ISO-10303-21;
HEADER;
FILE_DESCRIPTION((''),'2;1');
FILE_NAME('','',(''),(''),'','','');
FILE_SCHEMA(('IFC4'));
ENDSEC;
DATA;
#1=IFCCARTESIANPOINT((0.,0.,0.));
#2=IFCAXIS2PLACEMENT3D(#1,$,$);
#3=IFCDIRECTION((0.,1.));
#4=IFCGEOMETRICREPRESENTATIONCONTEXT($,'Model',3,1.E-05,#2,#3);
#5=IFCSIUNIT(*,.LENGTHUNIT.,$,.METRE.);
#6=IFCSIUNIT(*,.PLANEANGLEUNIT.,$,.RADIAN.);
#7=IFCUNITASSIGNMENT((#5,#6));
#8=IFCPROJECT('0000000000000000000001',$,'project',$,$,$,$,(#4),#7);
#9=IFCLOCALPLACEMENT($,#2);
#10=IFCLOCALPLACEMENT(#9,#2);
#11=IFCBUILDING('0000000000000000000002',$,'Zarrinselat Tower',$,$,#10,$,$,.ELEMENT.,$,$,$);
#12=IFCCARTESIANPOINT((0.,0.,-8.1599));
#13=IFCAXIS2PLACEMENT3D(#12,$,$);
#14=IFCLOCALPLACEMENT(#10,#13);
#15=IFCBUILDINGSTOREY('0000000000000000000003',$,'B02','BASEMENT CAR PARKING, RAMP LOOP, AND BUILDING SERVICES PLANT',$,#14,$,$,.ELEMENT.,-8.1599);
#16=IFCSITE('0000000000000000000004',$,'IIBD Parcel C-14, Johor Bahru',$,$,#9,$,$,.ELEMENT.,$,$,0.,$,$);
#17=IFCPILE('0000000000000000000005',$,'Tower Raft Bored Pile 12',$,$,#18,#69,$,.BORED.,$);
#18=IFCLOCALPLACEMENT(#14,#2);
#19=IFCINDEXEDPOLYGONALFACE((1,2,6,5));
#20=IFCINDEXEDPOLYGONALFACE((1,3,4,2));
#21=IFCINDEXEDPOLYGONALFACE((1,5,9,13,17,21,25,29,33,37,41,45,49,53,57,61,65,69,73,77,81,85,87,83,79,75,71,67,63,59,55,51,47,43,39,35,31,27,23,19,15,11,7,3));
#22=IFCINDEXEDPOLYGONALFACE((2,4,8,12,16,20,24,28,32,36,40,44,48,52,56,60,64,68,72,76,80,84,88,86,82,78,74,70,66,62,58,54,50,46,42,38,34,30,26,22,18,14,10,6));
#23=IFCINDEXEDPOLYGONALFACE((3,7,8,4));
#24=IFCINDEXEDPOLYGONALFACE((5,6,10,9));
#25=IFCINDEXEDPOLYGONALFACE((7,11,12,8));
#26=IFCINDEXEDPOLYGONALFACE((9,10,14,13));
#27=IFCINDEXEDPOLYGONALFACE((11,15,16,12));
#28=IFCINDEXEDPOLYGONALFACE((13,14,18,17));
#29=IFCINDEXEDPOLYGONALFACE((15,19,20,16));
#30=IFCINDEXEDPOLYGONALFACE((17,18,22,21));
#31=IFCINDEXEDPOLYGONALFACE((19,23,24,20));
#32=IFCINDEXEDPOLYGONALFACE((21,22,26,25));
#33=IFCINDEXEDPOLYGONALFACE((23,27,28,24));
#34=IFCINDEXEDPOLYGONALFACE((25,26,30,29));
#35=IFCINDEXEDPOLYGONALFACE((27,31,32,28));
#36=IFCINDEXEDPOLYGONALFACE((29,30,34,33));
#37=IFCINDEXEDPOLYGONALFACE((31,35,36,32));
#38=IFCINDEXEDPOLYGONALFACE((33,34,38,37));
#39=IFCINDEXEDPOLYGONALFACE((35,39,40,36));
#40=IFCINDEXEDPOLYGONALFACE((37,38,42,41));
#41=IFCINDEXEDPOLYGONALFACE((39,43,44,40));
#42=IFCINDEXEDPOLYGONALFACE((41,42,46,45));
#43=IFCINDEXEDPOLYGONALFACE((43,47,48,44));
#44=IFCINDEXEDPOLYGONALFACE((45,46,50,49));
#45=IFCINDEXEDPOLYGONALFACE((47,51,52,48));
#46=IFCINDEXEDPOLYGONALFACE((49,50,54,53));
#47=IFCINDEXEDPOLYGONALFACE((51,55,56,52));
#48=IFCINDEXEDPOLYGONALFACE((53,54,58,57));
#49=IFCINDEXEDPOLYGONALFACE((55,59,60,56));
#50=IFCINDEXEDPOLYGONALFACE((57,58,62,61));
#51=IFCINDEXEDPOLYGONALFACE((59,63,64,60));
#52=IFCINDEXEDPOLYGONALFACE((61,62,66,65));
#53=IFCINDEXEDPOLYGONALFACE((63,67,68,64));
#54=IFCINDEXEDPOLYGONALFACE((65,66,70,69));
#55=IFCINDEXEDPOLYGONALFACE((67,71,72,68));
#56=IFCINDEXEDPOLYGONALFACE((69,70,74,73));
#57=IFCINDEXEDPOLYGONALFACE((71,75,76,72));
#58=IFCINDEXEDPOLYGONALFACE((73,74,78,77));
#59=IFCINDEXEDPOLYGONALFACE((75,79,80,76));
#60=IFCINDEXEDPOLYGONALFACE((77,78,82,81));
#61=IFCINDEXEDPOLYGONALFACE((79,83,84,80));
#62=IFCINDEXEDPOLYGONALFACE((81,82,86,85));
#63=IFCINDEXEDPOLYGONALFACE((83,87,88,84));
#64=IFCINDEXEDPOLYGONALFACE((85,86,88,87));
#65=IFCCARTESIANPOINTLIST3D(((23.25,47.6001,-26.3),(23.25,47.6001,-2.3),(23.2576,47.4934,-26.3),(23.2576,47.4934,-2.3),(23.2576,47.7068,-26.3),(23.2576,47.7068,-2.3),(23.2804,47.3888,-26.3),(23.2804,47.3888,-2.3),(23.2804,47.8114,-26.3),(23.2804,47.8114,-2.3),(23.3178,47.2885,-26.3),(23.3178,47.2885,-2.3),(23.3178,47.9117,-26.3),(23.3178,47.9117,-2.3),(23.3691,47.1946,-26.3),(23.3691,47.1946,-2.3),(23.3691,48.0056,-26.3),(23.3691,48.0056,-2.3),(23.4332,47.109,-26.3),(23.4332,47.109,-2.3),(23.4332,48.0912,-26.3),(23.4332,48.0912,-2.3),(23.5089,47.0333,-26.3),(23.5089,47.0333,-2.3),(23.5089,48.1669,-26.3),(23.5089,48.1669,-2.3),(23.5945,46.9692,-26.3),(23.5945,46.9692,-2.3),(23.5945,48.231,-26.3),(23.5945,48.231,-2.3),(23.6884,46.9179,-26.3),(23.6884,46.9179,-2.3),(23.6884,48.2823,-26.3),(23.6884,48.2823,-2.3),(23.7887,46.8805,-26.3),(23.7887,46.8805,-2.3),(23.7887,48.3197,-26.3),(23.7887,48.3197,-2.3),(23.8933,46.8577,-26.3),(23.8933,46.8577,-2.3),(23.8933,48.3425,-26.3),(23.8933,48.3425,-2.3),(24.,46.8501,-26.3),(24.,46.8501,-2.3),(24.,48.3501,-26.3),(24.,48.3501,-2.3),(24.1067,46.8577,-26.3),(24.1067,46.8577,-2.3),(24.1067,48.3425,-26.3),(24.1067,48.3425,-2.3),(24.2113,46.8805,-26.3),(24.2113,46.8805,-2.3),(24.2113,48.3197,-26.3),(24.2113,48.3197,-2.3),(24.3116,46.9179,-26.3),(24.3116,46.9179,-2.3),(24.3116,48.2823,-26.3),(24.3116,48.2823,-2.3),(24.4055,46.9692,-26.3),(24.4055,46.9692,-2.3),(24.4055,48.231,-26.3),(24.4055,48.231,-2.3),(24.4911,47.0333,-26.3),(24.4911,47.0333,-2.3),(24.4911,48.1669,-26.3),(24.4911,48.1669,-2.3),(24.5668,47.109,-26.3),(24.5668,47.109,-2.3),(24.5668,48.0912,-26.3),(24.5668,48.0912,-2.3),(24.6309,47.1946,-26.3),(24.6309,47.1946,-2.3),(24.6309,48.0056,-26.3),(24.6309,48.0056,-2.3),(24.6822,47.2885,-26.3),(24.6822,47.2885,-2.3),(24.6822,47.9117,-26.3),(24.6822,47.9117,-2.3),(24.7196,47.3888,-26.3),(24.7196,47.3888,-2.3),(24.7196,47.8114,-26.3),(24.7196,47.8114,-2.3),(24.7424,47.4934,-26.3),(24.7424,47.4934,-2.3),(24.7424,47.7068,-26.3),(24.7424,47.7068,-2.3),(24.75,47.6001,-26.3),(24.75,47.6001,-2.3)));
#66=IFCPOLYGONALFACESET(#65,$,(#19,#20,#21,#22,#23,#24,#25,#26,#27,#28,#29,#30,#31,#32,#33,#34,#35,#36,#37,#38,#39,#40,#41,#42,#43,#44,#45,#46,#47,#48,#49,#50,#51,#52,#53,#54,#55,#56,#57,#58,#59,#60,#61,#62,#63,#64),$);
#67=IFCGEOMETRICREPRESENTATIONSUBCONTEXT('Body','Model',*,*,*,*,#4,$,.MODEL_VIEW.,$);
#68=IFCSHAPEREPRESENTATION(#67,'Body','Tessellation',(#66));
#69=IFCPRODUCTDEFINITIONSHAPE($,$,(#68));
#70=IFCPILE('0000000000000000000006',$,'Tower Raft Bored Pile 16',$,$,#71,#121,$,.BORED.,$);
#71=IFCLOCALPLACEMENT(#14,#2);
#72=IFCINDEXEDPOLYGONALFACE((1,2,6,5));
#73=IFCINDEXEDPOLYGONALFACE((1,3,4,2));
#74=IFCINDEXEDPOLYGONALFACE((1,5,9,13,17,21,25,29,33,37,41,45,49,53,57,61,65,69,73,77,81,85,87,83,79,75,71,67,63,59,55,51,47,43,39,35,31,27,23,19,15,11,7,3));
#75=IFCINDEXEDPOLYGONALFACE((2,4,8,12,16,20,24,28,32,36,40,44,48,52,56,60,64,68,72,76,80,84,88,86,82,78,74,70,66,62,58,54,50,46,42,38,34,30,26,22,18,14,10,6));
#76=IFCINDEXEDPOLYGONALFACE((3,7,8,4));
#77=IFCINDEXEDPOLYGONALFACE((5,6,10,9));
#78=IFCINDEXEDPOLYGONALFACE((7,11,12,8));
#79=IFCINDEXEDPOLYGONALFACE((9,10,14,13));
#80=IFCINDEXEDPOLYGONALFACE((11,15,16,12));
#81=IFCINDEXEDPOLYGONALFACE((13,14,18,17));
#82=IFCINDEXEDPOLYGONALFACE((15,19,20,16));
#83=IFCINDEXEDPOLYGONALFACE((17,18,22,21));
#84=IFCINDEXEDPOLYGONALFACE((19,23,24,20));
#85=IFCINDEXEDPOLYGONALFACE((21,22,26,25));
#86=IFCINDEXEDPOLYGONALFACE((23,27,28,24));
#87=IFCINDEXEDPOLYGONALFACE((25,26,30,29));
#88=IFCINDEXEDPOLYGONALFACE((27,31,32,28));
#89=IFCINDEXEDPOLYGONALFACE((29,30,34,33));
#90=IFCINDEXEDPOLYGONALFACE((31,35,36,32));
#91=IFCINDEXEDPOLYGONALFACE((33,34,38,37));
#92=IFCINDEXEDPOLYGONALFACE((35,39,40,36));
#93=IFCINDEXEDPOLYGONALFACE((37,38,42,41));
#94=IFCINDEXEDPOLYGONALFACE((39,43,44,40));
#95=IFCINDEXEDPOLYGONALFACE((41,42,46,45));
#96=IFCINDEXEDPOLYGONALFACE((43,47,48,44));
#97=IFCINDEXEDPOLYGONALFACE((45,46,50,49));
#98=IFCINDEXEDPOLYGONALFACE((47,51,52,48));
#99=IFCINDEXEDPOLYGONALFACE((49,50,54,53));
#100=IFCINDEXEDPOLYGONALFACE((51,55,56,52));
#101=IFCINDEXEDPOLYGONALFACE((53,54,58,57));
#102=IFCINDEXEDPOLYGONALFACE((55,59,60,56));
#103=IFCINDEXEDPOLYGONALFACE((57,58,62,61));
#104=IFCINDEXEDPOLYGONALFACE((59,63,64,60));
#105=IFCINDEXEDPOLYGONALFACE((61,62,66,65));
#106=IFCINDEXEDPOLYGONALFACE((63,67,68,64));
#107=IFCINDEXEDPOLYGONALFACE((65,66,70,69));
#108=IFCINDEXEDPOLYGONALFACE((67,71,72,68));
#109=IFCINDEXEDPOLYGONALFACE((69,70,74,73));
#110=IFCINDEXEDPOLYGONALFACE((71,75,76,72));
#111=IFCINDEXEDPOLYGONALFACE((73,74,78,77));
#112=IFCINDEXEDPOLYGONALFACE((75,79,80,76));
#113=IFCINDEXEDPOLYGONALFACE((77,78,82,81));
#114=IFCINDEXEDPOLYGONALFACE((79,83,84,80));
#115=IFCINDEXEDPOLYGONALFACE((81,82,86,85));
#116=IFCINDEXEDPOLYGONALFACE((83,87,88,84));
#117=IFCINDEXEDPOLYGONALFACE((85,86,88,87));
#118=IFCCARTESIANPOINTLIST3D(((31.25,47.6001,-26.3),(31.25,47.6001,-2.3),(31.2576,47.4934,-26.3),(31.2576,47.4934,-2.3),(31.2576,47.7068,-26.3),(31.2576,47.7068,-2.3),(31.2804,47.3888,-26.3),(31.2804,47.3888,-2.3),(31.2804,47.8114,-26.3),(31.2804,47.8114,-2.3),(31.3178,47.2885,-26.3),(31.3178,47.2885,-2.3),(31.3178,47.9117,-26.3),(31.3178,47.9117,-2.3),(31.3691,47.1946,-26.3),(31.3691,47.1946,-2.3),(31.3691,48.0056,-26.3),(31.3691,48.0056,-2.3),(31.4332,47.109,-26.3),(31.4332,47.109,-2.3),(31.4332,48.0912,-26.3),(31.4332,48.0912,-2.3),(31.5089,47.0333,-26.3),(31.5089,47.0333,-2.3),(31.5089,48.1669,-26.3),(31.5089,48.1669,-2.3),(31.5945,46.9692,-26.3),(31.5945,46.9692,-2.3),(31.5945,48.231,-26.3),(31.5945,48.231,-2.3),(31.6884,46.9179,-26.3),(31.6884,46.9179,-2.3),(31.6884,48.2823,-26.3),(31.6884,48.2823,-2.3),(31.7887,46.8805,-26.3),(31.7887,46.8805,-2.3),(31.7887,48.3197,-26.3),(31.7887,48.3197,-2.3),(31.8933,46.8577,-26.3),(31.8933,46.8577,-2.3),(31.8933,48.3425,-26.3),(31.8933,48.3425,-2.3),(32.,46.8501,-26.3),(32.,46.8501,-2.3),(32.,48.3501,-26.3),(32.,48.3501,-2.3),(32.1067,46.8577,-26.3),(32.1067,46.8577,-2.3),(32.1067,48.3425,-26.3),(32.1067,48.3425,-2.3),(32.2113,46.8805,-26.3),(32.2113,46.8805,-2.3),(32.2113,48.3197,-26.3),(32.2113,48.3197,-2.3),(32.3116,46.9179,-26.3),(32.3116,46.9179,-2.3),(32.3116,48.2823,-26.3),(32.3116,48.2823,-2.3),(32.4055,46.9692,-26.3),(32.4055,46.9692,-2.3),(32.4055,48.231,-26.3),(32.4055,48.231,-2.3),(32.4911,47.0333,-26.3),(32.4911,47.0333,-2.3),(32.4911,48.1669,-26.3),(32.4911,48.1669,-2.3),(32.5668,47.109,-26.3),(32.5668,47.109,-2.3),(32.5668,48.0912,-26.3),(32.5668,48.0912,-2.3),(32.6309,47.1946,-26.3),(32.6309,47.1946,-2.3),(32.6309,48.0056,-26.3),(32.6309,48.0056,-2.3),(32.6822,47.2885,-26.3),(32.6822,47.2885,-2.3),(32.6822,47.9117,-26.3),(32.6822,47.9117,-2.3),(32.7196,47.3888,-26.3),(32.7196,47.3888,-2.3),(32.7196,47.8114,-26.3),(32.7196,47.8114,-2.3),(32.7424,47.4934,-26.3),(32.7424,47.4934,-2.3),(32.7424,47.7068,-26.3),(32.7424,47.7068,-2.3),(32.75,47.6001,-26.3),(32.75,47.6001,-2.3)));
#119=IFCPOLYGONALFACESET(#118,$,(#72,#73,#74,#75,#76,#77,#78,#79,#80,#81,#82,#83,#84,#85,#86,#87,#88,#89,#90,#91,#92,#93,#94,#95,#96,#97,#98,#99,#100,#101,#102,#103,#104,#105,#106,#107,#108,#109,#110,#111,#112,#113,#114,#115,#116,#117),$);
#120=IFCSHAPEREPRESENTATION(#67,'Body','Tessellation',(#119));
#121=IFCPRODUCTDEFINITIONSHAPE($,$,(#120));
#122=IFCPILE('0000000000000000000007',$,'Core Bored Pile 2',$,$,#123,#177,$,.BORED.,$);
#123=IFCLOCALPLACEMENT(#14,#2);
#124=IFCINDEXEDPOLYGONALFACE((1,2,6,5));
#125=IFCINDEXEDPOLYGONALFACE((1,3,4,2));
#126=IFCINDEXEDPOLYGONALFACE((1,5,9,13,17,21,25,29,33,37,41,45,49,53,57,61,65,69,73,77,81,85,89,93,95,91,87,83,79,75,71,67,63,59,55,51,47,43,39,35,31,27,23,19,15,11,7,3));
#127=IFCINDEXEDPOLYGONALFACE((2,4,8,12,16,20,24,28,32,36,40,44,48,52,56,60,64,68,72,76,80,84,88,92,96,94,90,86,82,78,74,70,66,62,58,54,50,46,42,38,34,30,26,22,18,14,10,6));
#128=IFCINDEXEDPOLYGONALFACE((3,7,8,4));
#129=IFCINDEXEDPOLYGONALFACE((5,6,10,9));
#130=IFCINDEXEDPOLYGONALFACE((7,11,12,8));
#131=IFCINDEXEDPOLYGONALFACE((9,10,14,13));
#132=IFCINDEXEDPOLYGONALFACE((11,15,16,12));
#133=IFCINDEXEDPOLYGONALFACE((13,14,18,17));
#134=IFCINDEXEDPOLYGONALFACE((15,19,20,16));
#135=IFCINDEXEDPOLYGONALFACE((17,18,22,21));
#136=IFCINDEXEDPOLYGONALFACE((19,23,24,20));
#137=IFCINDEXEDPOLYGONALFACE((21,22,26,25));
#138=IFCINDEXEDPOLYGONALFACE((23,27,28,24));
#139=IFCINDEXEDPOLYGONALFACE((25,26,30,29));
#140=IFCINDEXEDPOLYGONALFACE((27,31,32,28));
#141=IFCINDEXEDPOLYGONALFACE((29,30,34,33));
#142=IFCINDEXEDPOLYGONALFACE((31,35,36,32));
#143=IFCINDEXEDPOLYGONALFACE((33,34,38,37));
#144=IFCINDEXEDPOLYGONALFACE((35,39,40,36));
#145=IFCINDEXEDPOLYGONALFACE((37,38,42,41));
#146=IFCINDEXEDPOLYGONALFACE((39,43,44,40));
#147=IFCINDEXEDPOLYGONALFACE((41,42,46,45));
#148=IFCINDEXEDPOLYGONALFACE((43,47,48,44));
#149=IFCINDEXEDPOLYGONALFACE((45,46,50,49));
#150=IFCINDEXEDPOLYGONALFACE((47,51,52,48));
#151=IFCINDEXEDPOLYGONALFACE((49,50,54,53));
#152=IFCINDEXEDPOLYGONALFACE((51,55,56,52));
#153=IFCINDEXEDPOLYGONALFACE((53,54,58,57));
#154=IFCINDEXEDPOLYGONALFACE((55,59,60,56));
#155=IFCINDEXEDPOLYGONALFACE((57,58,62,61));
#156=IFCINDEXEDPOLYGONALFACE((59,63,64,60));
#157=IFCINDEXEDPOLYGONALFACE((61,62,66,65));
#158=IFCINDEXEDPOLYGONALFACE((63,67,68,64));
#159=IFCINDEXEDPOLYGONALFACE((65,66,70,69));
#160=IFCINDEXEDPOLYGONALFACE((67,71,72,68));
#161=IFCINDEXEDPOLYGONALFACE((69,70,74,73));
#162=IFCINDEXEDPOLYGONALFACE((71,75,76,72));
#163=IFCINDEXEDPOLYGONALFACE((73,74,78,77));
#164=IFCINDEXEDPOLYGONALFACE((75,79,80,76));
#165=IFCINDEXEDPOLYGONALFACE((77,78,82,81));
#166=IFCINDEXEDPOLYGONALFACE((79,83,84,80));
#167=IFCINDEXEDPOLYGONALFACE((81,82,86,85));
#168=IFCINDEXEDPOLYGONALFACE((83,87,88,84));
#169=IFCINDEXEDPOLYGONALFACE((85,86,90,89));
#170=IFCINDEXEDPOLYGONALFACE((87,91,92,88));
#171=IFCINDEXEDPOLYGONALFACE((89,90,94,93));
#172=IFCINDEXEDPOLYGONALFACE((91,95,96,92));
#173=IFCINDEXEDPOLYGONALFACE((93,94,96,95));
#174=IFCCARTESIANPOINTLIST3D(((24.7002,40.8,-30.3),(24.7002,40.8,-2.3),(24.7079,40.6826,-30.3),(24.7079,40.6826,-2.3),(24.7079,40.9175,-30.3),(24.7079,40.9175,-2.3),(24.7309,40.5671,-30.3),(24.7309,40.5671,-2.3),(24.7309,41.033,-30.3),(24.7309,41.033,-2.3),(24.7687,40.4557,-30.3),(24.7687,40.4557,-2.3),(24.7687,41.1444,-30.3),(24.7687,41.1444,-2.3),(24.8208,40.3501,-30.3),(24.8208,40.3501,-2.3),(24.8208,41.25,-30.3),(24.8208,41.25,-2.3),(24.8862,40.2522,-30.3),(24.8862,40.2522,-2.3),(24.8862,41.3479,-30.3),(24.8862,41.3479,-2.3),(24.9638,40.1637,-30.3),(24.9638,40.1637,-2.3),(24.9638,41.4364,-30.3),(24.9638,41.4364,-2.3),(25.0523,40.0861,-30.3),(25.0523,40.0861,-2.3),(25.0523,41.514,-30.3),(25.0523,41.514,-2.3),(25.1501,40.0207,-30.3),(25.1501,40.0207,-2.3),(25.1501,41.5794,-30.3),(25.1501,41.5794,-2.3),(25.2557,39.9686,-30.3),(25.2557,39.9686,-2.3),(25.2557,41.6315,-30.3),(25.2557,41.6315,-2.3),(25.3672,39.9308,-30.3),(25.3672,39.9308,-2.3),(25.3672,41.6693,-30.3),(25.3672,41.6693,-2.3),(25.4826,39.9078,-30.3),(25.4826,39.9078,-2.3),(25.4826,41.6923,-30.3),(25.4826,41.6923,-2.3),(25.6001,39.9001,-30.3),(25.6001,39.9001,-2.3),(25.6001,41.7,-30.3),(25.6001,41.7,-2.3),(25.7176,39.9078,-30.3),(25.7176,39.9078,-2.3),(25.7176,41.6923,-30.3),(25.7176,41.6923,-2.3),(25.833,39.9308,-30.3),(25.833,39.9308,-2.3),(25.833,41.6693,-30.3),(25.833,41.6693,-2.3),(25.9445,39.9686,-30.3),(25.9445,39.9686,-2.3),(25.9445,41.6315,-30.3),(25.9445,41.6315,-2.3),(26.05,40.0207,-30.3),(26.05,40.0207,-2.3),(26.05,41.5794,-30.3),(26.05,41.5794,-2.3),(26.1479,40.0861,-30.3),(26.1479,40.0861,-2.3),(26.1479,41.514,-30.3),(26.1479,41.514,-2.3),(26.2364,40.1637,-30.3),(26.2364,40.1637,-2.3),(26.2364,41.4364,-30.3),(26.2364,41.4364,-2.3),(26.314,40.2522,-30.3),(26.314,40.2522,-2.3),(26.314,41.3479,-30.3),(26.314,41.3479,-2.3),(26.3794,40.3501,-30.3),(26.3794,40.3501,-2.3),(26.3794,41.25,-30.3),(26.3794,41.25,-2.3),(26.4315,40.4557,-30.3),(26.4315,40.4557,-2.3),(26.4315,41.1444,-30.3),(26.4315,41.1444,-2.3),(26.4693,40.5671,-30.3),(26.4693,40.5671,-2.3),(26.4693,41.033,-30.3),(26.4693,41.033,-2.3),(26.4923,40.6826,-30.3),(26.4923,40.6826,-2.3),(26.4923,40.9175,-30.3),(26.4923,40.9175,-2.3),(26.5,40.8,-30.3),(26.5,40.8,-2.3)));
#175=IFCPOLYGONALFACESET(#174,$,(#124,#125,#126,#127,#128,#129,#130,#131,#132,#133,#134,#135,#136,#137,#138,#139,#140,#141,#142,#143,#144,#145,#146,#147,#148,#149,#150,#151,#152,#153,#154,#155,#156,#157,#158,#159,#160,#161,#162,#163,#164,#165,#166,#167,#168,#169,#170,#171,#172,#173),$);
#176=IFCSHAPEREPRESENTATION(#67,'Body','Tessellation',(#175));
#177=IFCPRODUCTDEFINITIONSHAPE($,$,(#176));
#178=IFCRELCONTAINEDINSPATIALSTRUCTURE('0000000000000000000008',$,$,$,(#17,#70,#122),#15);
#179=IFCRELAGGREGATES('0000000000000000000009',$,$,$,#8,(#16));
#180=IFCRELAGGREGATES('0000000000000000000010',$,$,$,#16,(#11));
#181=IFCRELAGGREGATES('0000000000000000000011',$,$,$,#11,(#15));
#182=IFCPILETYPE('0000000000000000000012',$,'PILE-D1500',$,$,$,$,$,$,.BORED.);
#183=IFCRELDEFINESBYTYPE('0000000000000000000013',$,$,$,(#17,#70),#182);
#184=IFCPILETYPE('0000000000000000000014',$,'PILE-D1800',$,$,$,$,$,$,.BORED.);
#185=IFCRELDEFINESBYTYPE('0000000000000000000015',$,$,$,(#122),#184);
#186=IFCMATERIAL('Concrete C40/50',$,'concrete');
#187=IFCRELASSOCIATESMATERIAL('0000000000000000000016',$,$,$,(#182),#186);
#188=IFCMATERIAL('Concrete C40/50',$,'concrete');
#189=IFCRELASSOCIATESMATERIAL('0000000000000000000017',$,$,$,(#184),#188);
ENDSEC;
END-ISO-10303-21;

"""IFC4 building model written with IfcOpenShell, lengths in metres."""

from ifc_helpers import new_model, si_unit, direction, frame, origin, origin_2d, place, context, subcontext, project, spatial, circle, extrude, material, material_profile, profile_set, type_object, element, save


model = new_model("IFC4")

# Units and contexts
model_context = context("Model", 3, precision=1e-05, world=origin(), true_north=direction((0.0, 1.0)))
body_context = subcontext(model_context, "Body", "Model", "MODEL_VIEW")
ifc_project = project(units=[si_unit("LENGTHUNIT", "METRE"), si_unit("PLANEANGLEUNIT", "RADIAN")], contexts=[model_context])

# Site, building, storey
site_placement = place(None, origin())
site = spatial("IfcSite", under=ifc_project, at=site_placement, Name="IIBD Parcel C-14, Johor Bahru", CompositionType="ELEMENT", RefElevation=0.0)
building_placement = place(site_placement, origin())
building = spatial("IfcBuilding", under=site, at=building_placement, Name="Zarrinselat Tower", CompositionType="ELEMENT")
storey_placement = place(building_placement, frame((0.0, 0.0, -8.1599)))
storey = spatial("IfcBuildingStorey", under=building, at=storey_placement, Name="B02", Description="BASEMENT CAR PARKING, RAMP LOOP, AND BUILDING SERVICES PLANT", CompositionType="ELEMENT", Elevation=-8.1599)

# Piles
ifc_material_1 = material(Name="Concrete C40/50", Category="concrete")
ifc_material_profile_1 = material_profile(ifc_material_1, circle(Radius=0.75, at=origin_2d()), Name="BORED PILE D1500")
ifc_profile_set_1 = profile_set([ifc_material_profile_1], Name="Concrete C40/50")
pile_type_1 = type_object("IfcPileType", Name="PILE-D1500", PredefinedType="BORED", material=ifc_profile_set_1)
for number, where, z_axis, x_axis, name in (
    (1, (24.0, 47.6001, -2.3), (0.0, 0.0, -1.0), (1.0, 0.0, 0.0), "Tower Raft Bored Pile 12"),
    (2, (32.0, 47.6001, -2.3), (0.0, 0.0, -1.0), (1.0, 0.0, 0.0), "Tower Raft Bored Pile 16"),
):
    element("IfcPile", number, at=place(storey_placement, frame(where, z_axis=z_axis, x_axis=x_axis)), inside=storey, type_object=pile_type_1, Name=name, PredefinedType="BORED", context=body_context, shape_type="SweptSolid", body=[
        extrude(circle(Radius=0.75, at=origin_2d()), origin(), (0.0, 0.0, 1.0), 24.0),
    ])
ifc_material_2 = material(Name="Concrete C40/50", Category="concrete")
ifc_material_profile_2 = material_profile(ifc_material_2, circle(Radius=0.8999, at=origin_2d()), Name="BORED PILE D1800")
ifc_profile_set_2 = profile_set([ifc_material_profile_2], Name="Concrete C40/50")
pile_type_2 = type_object("IfcPileType", Name="PILE-D1800", PredefinedType="BORED", material=ifc_profile_set_2)
for number, where, z_axis, x_axis, name in (
    (3, (25.6001, 40.8, -2.3), (0.0, 0.0, -1.0), (1.0, 0.0, 0.0), "Core Bored Pile 2"),
):
    element("IfcPile", number, at=place(storey_placement, frame(where, z_axis=z_axis, x_axis=x_axis)), inside=storey, type_object=pile_type_2, Name=name, PredefinedType="BORED", context=body_context, shape_type="SweptSolid", body=[
        extrude(circle(Radius=0.8999, at=origin_2d()), origin(), (0.0, 0.0, 1.0), 28.0),
    ])

save(model, "model.ifc")
